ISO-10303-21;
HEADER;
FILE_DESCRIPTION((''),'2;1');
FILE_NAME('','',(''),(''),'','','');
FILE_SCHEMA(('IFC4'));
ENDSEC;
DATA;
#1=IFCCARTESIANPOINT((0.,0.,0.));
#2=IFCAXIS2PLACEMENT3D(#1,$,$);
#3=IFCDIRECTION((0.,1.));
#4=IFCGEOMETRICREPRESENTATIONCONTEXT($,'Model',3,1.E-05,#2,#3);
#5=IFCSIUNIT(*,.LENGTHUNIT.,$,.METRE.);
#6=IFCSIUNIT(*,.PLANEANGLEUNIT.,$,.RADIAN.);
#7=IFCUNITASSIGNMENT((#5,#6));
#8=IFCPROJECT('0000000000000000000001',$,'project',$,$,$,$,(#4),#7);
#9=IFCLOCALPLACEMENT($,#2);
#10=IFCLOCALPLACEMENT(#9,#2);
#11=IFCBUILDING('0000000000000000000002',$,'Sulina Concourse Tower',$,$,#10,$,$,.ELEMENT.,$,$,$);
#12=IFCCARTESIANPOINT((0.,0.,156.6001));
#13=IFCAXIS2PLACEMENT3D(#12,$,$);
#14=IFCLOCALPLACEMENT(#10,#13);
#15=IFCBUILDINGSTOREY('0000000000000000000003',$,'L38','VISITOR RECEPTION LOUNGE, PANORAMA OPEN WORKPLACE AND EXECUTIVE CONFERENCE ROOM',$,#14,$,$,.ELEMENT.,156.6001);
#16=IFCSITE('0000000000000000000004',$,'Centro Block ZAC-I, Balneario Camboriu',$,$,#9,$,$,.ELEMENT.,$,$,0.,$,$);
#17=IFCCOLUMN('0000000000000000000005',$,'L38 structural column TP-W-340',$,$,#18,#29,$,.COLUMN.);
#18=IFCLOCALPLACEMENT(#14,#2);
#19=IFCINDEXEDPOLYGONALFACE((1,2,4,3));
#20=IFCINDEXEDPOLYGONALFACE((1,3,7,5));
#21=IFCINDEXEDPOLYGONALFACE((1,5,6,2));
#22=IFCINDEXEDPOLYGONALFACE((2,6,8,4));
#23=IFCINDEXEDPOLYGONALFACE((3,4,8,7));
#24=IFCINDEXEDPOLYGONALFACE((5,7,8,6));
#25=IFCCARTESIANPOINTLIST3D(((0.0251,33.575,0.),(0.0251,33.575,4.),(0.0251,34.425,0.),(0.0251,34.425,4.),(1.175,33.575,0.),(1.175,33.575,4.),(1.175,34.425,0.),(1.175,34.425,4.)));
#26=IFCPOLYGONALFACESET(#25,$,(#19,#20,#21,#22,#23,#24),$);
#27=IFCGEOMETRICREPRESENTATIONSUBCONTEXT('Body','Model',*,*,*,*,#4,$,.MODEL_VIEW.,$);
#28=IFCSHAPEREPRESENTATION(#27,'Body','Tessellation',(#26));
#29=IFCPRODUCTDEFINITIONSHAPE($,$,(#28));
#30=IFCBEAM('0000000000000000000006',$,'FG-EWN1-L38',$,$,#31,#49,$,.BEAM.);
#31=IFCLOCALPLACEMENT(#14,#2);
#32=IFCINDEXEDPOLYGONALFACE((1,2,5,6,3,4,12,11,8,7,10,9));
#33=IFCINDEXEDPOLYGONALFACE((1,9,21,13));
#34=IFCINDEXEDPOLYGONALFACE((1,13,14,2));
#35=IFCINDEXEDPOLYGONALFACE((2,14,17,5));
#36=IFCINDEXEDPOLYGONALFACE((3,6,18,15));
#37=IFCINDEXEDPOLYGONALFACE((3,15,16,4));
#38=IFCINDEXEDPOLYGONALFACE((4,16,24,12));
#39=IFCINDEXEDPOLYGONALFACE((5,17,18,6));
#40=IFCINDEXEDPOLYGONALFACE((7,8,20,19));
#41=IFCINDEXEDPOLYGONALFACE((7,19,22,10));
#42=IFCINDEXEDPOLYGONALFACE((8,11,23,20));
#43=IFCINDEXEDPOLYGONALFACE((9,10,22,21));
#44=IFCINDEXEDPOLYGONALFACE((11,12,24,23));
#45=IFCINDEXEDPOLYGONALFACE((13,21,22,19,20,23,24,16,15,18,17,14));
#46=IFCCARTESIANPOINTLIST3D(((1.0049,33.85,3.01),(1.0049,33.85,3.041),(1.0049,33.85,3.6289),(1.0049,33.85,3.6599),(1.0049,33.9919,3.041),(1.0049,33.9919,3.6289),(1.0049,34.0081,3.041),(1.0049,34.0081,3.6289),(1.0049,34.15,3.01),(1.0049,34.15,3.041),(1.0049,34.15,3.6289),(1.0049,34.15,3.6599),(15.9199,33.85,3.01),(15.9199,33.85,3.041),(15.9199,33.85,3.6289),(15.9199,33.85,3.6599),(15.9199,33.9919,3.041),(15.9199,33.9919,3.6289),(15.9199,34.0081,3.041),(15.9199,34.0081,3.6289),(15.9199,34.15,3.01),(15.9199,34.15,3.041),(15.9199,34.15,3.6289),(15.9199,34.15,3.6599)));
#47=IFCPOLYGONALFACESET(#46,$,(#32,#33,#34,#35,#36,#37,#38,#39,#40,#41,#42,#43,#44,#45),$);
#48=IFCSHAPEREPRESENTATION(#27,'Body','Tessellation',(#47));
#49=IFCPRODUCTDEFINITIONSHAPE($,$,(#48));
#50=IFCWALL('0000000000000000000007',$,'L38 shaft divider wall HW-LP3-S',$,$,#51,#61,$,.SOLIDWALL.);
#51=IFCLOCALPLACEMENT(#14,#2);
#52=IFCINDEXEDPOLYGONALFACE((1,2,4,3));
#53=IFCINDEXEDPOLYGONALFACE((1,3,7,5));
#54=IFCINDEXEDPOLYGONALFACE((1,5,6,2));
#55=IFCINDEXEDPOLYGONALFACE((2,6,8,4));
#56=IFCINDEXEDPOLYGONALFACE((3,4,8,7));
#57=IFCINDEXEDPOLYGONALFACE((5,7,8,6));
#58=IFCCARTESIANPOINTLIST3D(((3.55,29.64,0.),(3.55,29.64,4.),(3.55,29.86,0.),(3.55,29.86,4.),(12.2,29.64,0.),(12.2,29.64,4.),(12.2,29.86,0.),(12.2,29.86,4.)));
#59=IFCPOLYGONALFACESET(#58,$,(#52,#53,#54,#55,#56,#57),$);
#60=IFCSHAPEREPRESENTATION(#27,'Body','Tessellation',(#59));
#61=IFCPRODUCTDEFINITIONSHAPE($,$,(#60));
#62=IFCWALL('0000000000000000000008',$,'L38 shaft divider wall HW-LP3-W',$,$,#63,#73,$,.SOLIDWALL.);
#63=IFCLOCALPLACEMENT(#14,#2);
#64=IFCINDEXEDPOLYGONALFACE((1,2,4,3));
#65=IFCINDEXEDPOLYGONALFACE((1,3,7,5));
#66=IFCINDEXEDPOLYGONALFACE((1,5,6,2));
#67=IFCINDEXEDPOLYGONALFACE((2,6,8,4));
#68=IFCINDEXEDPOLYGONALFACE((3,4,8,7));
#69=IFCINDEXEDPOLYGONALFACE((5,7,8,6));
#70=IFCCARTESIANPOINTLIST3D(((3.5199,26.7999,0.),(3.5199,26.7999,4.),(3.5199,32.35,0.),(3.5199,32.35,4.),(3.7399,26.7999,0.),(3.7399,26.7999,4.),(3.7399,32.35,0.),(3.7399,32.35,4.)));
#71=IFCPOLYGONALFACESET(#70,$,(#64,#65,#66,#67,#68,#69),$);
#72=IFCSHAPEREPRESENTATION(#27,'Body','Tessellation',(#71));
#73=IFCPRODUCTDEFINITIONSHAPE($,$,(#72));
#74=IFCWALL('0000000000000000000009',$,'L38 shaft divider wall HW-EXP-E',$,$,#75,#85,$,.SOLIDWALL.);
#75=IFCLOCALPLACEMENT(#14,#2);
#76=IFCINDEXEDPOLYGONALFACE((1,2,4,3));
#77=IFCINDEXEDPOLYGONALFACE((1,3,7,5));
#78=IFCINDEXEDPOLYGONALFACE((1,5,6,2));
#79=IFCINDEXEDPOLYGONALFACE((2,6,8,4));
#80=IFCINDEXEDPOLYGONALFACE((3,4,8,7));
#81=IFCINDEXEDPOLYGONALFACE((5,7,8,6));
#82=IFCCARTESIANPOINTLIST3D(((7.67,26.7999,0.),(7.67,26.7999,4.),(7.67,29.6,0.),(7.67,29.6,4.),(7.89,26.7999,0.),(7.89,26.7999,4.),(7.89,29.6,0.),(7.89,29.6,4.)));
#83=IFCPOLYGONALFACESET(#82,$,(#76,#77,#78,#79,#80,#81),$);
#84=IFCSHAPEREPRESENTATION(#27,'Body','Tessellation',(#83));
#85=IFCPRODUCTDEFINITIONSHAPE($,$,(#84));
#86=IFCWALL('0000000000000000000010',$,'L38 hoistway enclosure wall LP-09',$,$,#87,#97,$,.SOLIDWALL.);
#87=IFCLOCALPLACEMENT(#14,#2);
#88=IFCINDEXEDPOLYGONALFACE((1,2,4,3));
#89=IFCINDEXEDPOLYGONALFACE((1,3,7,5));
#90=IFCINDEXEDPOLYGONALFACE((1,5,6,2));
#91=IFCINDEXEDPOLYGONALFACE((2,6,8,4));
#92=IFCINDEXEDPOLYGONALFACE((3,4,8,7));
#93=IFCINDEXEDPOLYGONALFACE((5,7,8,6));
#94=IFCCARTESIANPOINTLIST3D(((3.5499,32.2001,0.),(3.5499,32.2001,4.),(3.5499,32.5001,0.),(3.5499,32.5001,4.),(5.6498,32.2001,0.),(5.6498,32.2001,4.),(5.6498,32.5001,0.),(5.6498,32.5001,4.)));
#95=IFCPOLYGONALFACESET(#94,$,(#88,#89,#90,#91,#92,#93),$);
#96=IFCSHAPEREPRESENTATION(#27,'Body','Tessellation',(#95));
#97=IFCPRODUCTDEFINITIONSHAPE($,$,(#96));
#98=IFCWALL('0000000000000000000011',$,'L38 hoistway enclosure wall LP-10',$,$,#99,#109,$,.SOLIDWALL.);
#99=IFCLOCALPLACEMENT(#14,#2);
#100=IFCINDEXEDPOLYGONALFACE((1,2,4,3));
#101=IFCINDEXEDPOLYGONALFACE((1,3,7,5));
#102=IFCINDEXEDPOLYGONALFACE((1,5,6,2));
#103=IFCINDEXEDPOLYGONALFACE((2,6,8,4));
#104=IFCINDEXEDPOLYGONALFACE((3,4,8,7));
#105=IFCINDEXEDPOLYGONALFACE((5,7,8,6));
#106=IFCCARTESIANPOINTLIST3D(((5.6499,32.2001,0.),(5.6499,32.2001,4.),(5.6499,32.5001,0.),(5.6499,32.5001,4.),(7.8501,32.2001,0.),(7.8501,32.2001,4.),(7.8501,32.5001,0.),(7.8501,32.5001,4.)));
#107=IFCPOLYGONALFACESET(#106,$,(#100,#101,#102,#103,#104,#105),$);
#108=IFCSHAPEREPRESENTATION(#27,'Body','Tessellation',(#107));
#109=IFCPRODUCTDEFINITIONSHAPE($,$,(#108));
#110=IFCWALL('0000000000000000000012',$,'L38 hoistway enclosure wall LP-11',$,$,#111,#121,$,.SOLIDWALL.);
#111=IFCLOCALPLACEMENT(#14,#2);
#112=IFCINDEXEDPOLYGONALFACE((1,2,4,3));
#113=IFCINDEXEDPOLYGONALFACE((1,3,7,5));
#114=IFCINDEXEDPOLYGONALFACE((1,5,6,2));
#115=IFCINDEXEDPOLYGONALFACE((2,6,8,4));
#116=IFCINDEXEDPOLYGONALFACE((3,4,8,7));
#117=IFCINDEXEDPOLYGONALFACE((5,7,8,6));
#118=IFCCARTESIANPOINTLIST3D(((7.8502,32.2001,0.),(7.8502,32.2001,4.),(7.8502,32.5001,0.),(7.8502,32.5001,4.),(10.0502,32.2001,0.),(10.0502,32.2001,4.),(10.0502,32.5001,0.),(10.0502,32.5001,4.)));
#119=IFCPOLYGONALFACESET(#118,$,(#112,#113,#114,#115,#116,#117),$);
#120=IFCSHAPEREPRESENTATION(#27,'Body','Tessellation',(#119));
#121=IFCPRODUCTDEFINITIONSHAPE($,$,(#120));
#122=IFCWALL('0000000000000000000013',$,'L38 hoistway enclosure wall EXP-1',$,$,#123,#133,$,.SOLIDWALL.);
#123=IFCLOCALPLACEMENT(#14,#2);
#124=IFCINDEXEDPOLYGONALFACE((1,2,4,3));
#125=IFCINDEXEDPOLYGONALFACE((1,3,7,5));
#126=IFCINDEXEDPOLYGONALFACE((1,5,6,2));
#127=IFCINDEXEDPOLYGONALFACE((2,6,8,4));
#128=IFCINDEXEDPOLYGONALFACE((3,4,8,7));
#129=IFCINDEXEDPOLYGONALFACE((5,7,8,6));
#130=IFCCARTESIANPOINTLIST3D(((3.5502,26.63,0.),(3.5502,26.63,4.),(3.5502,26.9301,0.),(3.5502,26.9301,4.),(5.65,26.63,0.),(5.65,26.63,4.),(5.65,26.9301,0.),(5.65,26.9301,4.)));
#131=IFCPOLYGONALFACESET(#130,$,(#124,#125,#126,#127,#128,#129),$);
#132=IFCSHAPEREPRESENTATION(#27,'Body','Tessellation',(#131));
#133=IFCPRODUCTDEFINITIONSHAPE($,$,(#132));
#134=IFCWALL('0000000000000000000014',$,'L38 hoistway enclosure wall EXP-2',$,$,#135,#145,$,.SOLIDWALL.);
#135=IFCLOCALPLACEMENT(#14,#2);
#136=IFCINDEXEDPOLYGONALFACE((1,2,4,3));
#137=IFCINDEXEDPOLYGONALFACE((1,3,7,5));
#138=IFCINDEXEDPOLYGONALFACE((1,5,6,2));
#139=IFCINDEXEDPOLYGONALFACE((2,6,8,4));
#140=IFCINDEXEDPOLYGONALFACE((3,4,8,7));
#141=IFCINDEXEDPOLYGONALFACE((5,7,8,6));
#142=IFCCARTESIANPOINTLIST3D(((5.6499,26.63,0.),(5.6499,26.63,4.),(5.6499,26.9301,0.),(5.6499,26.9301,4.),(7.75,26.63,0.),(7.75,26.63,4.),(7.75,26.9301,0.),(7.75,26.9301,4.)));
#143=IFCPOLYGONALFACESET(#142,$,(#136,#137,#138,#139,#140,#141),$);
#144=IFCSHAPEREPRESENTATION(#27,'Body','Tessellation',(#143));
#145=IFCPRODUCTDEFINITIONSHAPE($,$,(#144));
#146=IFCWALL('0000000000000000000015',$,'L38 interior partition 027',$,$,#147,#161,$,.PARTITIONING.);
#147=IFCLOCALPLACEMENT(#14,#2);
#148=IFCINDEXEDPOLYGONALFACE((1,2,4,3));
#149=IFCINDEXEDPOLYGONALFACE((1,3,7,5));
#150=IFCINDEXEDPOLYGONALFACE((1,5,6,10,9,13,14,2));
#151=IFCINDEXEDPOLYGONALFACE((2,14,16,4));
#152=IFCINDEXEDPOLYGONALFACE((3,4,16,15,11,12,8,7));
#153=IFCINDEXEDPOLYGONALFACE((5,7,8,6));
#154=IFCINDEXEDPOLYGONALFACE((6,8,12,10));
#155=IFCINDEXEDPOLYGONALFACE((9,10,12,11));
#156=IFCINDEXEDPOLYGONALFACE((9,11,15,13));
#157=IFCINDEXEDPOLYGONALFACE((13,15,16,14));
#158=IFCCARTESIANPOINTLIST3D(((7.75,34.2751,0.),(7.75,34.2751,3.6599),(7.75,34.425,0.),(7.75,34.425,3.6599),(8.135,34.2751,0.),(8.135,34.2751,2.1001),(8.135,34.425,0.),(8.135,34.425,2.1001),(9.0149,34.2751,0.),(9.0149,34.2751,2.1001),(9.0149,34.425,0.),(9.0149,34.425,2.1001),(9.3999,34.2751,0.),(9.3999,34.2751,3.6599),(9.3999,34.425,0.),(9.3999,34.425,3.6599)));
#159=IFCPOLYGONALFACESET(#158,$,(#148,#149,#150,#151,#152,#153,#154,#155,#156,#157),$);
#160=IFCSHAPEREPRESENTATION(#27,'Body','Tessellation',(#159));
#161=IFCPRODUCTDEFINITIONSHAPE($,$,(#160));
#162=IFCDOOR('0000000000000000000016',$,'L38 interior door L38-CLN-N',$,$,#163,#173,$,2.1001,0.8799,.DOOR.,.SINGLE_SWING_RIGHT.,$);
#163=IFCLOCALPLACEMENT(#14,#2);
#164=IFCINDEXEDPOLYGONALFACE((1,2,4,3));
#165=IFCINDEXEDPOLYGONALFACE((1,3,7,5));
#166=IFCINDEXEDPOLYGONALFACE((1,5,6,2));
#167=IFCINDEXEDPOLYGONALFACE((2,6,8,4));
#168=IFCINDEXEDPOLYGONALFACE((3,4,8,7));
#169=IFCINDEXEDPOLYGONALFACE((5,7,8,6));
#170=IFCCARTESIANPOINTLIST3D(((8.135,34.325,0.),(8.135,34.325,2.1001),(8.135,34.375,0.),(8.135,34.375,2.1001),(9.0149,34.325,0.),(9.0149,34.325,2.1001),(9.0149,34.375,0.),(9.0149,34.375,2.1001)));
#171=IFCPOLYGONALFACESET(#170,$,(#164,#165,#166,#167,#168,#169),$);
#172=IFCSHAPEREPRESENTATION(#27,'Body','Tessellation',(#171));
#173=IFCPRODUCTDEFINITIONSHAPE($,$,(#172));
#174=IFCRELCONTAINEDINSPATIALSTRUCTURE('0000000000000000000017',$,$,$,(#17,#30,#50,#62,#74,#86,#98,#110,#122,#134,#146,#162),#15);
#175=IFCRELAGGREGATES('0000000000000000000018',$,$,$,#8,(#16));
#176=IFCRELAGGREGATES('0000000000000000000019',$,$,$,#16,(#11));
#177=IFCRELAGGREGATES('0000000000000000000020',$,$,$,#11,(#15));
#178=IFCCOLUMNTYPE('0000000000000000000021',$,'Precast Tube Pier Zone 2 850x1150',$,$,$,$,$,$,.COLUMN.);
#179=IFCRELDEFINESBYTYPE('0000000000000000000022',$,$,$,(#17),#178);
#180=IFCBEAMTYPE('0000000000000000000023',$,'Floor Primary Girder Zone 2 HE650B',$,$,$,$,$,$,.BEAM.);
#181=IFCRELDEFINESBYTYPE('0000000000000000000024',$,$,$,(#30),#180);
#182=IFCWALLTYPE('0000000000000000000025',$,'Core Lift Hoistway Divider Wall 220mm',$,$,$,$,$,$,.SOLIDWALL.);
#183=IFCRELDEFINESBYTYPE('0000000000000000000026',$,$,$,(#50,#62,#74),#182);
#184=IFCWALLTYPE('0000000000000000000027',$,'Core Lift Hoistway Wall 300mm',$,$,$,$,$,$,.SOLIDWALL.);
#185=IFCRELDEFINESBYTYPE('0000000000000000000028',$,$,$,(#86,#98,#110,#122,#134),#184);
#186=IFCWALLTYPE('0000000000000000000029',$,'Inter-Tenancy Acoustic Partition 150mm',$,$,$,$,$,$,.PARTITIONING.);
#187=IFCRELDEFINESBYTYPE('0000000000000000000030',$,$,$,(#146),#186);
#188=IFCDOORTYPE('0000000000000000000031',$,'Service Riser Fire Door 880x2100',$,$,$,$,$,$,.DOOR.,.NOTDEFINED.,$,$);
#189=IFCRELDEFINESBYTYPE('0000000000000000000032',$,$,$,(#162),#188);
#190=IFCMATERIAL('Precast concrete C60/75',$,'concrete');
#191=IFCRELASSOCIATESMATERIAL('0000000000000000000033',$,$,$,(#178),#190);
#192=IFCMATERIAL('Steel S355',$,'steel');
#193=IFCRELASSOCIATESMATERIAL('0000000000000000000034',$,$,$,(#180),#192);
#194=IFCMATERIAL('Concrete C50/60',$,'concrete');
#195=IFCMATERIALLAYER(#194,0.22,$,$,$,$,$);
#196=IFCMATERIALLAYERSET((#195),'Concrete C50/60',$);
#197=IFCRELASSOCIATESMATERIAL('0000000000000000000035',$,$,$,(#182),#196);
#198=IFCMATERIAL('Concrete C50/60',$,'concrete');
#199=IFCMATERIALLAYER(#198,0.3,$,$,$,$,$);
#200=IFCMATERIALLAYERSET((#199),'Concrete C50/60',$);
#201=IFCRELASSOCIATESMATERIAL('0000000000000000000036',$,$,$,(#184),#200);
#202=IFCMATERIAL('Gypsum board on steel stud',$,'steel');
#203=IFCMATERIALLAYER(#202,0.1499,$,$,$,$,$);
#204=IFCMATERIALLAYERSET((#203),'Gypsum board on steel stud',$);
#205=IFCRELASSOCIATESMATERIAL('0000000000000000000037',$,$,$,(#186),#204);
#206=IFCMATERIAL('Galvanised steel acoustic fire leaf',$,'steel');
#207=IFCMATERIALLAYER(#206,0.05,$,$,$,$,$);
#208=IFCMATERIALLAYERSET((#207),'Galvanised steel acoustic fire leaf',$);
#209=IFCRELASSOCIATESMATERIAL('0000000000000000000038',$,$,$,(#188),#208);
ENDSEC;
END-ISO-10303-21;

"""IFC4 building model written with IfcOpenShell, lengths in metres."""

from ifc_helpers import new_model, si_unit, direction, frame, frame_2d, origin, origin_2d, place, context, subcontext, project, spatial, rectangle, i_section, extrude, material, layer, layer_set, material_profile, profile_set, type_object, element, fill, save


model = new_model("IFC4")

# Units and contexts
model_context = context("Model", 3, precision=1e-05, world=origin(), true_north=direction((0.0, 1.0)))
body_context = subcontext(model_context, "Body", "Model", "MODEL_VIEW")
ifc_project = project(units=[si_unit("LENGTHUNIT", "METRE"), si_unit("PLANEANGLEUNIT", "RADIAN")], contexts=[model_context])

# Site, building, storey
site_placement = place(None, origin())
site = spatial("IfcSite", under=ifc_project, at=site_placement, Name="Centro Block ZAC-I, Balneario Camboriu", CompositionType="ELEMENT", RefElevation=0.0)
building_placement = place(site_placement, origin())
building = spatial("IfcBuilding", under=site, at=building_placement, Name="Sulina Concourse Tower", CompositionType="ELEMENT")
storey_placement = place(building_placement, frame((0.0, 0.0, 156.6001)))
storey = spatial("IfcBuildingStorey", under=building, at=storey_placement, Name="L38", Description="VISITOR RECEPTION LOUNGE, PANORAMA OPEN WORKPLACE AND EXECUTIVE CONFERENCE ROOM", CompositionType="ELEMENT", Elevation=156.6001)

# Column
ifc_material_1 = material(Name="Precast concrete C60/75", Category="concrete")
ifc_material_profile_1 = material_profile(ifc_material_1, rectangle(XDim=0.8501, YDim=1.1499, at=origin_2d()), Name="PC 850x1150")
ifc_profile_set_1 = profile_set([ifc_material_profile_1], Name="Precast concrete C60/75")
column_type = type_object("IfcColumnType", Name="Precast Tube Pier Zone 2 850x1150", PredefinedType="COLUMN", material=ifc_profile_set_1)
column_placement = place(storey_placement, frame((0.6001, 34.0, 0.0), z_axis=(0.0, 0.0, 1.0), x_axis=(0.0, 1.0, 0.0)))
element("IfcColumn", 1, at=column_placement, inside=storey, type_object=column_type, Name="L38 structural column TP-W-340", PredefinedType="COLUMN", context=body_context, shape_type="SweptSolid", body=[
    extrude(rectangle(XDim=0.8501, YDim=1.1499, at=origin_2d()), origin(), (0.0, 0.0, 1.0), 4.0),
])

# Beam
ifc_material_2 = material(Name="Steel S355", Category="steel")
ifc_material_profile_2 = material_profile(ifc_material_2, i_section(OverallWidth=0.3, OverallDepth=0.6499, WebThickness=0.0161, FlangeThickness=0.031, at=origin_2d()), Name="HE 650 B")
ifc_profile_set_2 = profile_set([ifc_material_profile_2], Name="Steel S355")
beam_type = type_object("IfcBeamType", Name="Floor Primary Girder Zone 2 HE650B", PredefinedType="BEAM", material=ifc_profile_set_2)
beam_placement = place(storey_placement, frame((1.0049, 34.0, 3.335), z_axis=(1.0, 0.0, 0.0), x_axis=(0.0, 1.0, 0.0)))
element("IfcBeam", 2, at=beam_placement, inside=storey, type_object=beam_type, Name="FG-EWN1-L38", PredefinedType="BEAM", context=body_context, shape_type="SweptSolid", body=[
    extrude(i_section(OverallWidth=0.3, OverallDepth=0.6499, WebThickness=0.0161, FlangeThickness=0.031, at=origin_2d()), origin(), (0.0, 0.0, 1.0), 14.915),
])

# Walls
ifc_material_3 = material(Name="Concrete C50/60", Category="concrete")
ifc_layer_1 = layer(ifc_material_3, 0.22)
ifc_layer_set_1 = layer_set([ifc_layer_1], Name="Concrete C50/60")
wall_type_1 = type_object("IfcWallType", Name="Core Lift Hoistway Divider Wall 220mm", PredefinedType="SOLIDWALL", material=ifc_layer_set_1)
wall_1_placement = place(storey_placement, frame((3.55, 29.75, 0.0), z_axis=(0.0, 0.0, 1.0), x_axis=(1.0, 0.0, 0.0)))
element("IfcWall", 3, at=wall_1_placement, inside=storey, type_object=wall_type_1, Name="L38 shaft divider wall HW-LP3-S", PredefinedType="SOLIDWALL", context=body_context, shape_type="SweptSolid", body=[
    extrude(rectangle(XDim=8.6499, YDim=0.22, at=frame_2d((4.325, 0.0))), origin(), (0.0, 0.0, 1.0), 4.0),
])
wall_2_placement = place(storey_placement, frame((3.6299, 26.8, 0.0), z_axis=(0.0, 0.0, 1.0), x_axis=(0.0, 1.0, 0.0)))
element("IfcWall", 4, at=wall_2_placement, inside=storey, type_object=wall_type_1, Name="L38 shaft divider wall HW-LP3-W", PredefinedType="SOLIDWALL", context=body_context, shape_type="SweptSolid", body=[
    extrude(rectangle(XDim=5.55, YDim=0.22, at=frame_2d((2.7749, 0.0))), origin(), (0.0, 0.0, 1.0), 4.0),
])
wall_3_placement = place(storey_placement, frame((7.78, 26.8, 0.0), z_axis=(0.0, 0.0, 1.0), x_axis=(0.0, 1.0, 0.0)))
element("IfcWall", 5, at=wall_3_placement, inside=storey, type_object=wall_type_1, Name="L38 shaft divider wall HW-EXP-E", PredefinedType="SOLIDWALL", context=body_context, shape_type="SweptSolid", body=[
    extrude(rectangle(XDim=2.8, YDim=0.22, at=frame_2d((1.3999, 0.0))), origin(), (0.0, 0.0, 1.0), 4.0),
])
ifc_material_4 = material(Name="Concrete C50/60", Category="concrete")
ifc_layer_2 = layer(ifc_material_4, 0.3)
ifc_layer_set_2 = layer_set([ifc_layer_2], Name="Concrete C50/60")
wall_type_2 = type_object("IfcWallType", Name="Core Lift Hoistway Wall 300mm", PredefinedType="SOLIDWALL", material=ifc_layer_set_2)
wall_4_placement = place(storey_placement, frame((3.55, 32.3501, 0.0), z_axis=(0.0, 0.0, 1.0), x_axis=(1.0, 0.0, 0.0)))
element("IfcWall", 6, at=wall_4_placement, inside=storey, type_object=wall_type_2, Name="L38 hoistway enclosure wall LP-09", PredefinedType="SOLIDWALL", context=body_context, shape_type="SweptSolid", body=[
    extrude(rectangle(XDim=2.0999, YDim=0.3, at=frame_2d((1.0498, 0.0))), origin(), (0.0, 0.0, 1.0), 4.0),
])
wall_5_placement = place(storey_placement, frame((5.6499, 32.3501, 0.0), z_axis=(0.0, 0.0, 1.0), x_axis=(1.0, 0.0, 0.0)))
element("IfcWall", 7, at=wall_5_placement, inside=storey, type_object=wall_type_2, Name="L38 hoistway enclosure wall LP-10", PredefinedType="SOLIDWALL", context=body_context, shape_type="SweptSolid", body=[
    extrude(rectangle(XDim=2.2002, YDim=0.3, at=frame_2d((1.1001, 0.0))), origin(), (0.0, 0.0, 1.0), 4.0),
])
wall_6_placement = place(storey_placement, frame((7.8501, 32.3501, 0.0), z_axis=(0.0, 0.0, 1.0), x_axis=(1.0, 0.0, 0.0)))
element("IfcWall", 8, at=wall_6_placement, inside=storey, type_object=wall_type_2, Name="L38 hoistway enclosure wall LP-11", PredefinedType="SOLIDWALL", context=body_context, shape_type="SweptSolid", body=[
    extrude(rectangle(XDim=2.2, YDim=0.3, at=frame_2d((1.1001, 0.0))), origin(), (0.0, 0.0, 1.0), 4.0),
])
wall_7_placement = place(storey_placement, frame((5.6499, 26.78, 0.0), z_axis=(0.0, 0.0, 1.0), x_axis=(-1.0, 0.0, 0.0)))
element("IfcWall", 9, at=wall_7_placement, inside=storey, type_object=wall_type_2, Name="L38 hoistway enclosure wall EXP-1", PredefinedType="SOLIDWALL", context=body_context, shape_type="SweptSolid", body=[
    extrude(rectangle(XDim=2.0999, YDim=0.3, at=frame_2d((1.0498, 0.0))), origin(), (0.0, 0.0, 1.0), 4.0),
])
wall_8_placement = place(storey_placement, frame((7.75, 26.78, 0.0), z_axis=(0.0, 0.0, 1.0), x_axis=(-1.0, 0.0, 0.0)))
element("IfcWall", 10, at=wall_8_placement, inside=storey, type_object=wall_type_2, Name="L38 hoistway enclosure wall EXP-2", PredefinedType="SOLIDWALL", context=body_context, shape_type="SweptSolid", body=[
    extrude(rectangle(XDim=2.1001, YDim=0.3, at=frame_2d((1.05, 0.0))), origin(), (0.0, 0.0, 1.0), 4.0),
])

# Wall, opening, door
ifc_material_5 = material(Name="Gypsum board on steel stud", Category="steel")
ifc_layer_3 = layer(ifc_material_5, 0.1499)
ifc_layer_set_3 = layer_set([ifc_layer_3], Name="Gypsum board on steel stud")
wall_type_3 = type_object("IfcWallType", Name="Inter-Tenancy Acoustic Partition 150mm", PredefinedType="PARTITIONING", material=ifc_layer_set_3)
wall_9_placement = place(storey_placement, frame((7.75, 34.3501, 0.0), z_axis=(0.0, 0.0, 1.0), x_axis=(1.0, 0.0, 0.0)))
wall_9 = element("IfcWall", 11, at=wall_9_placement, inside=storey, type_object=wall_type_3, Name="L38 interior partition 027", PredefinedType="PARTITIONING", context=body_context, shape_type="SweptSolid", body=[
    extrude(rectangle(XDim=1.6499, YDim=0.1499, at=frame_2d((0.825, 0.0))), origin(), (0.0, 0.0, 1.0), 3.6599),
])
opening_1_placement = place(wall_9_placement, frame((0.385, 0.0, 0.0)))
opening_1 = element("IfcOpeningElement", 12, at=opening_1_placement, cuts=wall_9, PredefinedType="OPENING", context=body_context, shape_type="SweptSolid", body=[
    extrude(rectangle(XDim=0.8799, YDim=2.1001, at=frame_2d((0.4399, 1.05))), frame((0.0, 0.085, 0.0), z_axis=(0.0, -1.0, 0.0), x_axis=(1.0, 0.0, 0.0)), (0.0, 0.0, 1.0), 0.1699),
])
ifc_material_6 = material(Name="Galvanised steel acoustic fire leaf", Category="steel")
ifc_layer_4 = layer(ifc_material_6, 0.05)
ifc_layer_set_4 = layer_set([ifc_layer_4], Name="Galvanised steel acoustic fire leaf")
door_type_1 = type_object("IfcDoorType", Name="Service Riser Fire Door 880x2100", OperationType="NOTDEFINED", PredefinedType="DOOR", material=ifc_layer_set_4)
door_1_placement = place(opening_1_placement, origin())
door_1 = element("IfcDoor", 13, at=door_1_placement, inside=storey, type_object=door_type_1, Name="L38 interior door L38-CLN-N", OperationType="SINGLE_SWING_RIGHT", OverallHeight=2.1001, OverallWidth=0.8799, PredefinedType="DOOR", context=body_context, shape_type="SweptSolid", body=[
    extrude(rectangle(XDim=0.8799, YDim=2.1001, at=frame_2d((0.4399, 1.05))), frame((0.0, 0.0249, 0.0), z_axis=(0.0, -1.0, 0.0), x_axis=(1.0, 0.0, 0.0)), (0.0, 0.0, 1.0), 0.05),
])
fill(opening_1, door_1)

save(model, "model.ifc")
